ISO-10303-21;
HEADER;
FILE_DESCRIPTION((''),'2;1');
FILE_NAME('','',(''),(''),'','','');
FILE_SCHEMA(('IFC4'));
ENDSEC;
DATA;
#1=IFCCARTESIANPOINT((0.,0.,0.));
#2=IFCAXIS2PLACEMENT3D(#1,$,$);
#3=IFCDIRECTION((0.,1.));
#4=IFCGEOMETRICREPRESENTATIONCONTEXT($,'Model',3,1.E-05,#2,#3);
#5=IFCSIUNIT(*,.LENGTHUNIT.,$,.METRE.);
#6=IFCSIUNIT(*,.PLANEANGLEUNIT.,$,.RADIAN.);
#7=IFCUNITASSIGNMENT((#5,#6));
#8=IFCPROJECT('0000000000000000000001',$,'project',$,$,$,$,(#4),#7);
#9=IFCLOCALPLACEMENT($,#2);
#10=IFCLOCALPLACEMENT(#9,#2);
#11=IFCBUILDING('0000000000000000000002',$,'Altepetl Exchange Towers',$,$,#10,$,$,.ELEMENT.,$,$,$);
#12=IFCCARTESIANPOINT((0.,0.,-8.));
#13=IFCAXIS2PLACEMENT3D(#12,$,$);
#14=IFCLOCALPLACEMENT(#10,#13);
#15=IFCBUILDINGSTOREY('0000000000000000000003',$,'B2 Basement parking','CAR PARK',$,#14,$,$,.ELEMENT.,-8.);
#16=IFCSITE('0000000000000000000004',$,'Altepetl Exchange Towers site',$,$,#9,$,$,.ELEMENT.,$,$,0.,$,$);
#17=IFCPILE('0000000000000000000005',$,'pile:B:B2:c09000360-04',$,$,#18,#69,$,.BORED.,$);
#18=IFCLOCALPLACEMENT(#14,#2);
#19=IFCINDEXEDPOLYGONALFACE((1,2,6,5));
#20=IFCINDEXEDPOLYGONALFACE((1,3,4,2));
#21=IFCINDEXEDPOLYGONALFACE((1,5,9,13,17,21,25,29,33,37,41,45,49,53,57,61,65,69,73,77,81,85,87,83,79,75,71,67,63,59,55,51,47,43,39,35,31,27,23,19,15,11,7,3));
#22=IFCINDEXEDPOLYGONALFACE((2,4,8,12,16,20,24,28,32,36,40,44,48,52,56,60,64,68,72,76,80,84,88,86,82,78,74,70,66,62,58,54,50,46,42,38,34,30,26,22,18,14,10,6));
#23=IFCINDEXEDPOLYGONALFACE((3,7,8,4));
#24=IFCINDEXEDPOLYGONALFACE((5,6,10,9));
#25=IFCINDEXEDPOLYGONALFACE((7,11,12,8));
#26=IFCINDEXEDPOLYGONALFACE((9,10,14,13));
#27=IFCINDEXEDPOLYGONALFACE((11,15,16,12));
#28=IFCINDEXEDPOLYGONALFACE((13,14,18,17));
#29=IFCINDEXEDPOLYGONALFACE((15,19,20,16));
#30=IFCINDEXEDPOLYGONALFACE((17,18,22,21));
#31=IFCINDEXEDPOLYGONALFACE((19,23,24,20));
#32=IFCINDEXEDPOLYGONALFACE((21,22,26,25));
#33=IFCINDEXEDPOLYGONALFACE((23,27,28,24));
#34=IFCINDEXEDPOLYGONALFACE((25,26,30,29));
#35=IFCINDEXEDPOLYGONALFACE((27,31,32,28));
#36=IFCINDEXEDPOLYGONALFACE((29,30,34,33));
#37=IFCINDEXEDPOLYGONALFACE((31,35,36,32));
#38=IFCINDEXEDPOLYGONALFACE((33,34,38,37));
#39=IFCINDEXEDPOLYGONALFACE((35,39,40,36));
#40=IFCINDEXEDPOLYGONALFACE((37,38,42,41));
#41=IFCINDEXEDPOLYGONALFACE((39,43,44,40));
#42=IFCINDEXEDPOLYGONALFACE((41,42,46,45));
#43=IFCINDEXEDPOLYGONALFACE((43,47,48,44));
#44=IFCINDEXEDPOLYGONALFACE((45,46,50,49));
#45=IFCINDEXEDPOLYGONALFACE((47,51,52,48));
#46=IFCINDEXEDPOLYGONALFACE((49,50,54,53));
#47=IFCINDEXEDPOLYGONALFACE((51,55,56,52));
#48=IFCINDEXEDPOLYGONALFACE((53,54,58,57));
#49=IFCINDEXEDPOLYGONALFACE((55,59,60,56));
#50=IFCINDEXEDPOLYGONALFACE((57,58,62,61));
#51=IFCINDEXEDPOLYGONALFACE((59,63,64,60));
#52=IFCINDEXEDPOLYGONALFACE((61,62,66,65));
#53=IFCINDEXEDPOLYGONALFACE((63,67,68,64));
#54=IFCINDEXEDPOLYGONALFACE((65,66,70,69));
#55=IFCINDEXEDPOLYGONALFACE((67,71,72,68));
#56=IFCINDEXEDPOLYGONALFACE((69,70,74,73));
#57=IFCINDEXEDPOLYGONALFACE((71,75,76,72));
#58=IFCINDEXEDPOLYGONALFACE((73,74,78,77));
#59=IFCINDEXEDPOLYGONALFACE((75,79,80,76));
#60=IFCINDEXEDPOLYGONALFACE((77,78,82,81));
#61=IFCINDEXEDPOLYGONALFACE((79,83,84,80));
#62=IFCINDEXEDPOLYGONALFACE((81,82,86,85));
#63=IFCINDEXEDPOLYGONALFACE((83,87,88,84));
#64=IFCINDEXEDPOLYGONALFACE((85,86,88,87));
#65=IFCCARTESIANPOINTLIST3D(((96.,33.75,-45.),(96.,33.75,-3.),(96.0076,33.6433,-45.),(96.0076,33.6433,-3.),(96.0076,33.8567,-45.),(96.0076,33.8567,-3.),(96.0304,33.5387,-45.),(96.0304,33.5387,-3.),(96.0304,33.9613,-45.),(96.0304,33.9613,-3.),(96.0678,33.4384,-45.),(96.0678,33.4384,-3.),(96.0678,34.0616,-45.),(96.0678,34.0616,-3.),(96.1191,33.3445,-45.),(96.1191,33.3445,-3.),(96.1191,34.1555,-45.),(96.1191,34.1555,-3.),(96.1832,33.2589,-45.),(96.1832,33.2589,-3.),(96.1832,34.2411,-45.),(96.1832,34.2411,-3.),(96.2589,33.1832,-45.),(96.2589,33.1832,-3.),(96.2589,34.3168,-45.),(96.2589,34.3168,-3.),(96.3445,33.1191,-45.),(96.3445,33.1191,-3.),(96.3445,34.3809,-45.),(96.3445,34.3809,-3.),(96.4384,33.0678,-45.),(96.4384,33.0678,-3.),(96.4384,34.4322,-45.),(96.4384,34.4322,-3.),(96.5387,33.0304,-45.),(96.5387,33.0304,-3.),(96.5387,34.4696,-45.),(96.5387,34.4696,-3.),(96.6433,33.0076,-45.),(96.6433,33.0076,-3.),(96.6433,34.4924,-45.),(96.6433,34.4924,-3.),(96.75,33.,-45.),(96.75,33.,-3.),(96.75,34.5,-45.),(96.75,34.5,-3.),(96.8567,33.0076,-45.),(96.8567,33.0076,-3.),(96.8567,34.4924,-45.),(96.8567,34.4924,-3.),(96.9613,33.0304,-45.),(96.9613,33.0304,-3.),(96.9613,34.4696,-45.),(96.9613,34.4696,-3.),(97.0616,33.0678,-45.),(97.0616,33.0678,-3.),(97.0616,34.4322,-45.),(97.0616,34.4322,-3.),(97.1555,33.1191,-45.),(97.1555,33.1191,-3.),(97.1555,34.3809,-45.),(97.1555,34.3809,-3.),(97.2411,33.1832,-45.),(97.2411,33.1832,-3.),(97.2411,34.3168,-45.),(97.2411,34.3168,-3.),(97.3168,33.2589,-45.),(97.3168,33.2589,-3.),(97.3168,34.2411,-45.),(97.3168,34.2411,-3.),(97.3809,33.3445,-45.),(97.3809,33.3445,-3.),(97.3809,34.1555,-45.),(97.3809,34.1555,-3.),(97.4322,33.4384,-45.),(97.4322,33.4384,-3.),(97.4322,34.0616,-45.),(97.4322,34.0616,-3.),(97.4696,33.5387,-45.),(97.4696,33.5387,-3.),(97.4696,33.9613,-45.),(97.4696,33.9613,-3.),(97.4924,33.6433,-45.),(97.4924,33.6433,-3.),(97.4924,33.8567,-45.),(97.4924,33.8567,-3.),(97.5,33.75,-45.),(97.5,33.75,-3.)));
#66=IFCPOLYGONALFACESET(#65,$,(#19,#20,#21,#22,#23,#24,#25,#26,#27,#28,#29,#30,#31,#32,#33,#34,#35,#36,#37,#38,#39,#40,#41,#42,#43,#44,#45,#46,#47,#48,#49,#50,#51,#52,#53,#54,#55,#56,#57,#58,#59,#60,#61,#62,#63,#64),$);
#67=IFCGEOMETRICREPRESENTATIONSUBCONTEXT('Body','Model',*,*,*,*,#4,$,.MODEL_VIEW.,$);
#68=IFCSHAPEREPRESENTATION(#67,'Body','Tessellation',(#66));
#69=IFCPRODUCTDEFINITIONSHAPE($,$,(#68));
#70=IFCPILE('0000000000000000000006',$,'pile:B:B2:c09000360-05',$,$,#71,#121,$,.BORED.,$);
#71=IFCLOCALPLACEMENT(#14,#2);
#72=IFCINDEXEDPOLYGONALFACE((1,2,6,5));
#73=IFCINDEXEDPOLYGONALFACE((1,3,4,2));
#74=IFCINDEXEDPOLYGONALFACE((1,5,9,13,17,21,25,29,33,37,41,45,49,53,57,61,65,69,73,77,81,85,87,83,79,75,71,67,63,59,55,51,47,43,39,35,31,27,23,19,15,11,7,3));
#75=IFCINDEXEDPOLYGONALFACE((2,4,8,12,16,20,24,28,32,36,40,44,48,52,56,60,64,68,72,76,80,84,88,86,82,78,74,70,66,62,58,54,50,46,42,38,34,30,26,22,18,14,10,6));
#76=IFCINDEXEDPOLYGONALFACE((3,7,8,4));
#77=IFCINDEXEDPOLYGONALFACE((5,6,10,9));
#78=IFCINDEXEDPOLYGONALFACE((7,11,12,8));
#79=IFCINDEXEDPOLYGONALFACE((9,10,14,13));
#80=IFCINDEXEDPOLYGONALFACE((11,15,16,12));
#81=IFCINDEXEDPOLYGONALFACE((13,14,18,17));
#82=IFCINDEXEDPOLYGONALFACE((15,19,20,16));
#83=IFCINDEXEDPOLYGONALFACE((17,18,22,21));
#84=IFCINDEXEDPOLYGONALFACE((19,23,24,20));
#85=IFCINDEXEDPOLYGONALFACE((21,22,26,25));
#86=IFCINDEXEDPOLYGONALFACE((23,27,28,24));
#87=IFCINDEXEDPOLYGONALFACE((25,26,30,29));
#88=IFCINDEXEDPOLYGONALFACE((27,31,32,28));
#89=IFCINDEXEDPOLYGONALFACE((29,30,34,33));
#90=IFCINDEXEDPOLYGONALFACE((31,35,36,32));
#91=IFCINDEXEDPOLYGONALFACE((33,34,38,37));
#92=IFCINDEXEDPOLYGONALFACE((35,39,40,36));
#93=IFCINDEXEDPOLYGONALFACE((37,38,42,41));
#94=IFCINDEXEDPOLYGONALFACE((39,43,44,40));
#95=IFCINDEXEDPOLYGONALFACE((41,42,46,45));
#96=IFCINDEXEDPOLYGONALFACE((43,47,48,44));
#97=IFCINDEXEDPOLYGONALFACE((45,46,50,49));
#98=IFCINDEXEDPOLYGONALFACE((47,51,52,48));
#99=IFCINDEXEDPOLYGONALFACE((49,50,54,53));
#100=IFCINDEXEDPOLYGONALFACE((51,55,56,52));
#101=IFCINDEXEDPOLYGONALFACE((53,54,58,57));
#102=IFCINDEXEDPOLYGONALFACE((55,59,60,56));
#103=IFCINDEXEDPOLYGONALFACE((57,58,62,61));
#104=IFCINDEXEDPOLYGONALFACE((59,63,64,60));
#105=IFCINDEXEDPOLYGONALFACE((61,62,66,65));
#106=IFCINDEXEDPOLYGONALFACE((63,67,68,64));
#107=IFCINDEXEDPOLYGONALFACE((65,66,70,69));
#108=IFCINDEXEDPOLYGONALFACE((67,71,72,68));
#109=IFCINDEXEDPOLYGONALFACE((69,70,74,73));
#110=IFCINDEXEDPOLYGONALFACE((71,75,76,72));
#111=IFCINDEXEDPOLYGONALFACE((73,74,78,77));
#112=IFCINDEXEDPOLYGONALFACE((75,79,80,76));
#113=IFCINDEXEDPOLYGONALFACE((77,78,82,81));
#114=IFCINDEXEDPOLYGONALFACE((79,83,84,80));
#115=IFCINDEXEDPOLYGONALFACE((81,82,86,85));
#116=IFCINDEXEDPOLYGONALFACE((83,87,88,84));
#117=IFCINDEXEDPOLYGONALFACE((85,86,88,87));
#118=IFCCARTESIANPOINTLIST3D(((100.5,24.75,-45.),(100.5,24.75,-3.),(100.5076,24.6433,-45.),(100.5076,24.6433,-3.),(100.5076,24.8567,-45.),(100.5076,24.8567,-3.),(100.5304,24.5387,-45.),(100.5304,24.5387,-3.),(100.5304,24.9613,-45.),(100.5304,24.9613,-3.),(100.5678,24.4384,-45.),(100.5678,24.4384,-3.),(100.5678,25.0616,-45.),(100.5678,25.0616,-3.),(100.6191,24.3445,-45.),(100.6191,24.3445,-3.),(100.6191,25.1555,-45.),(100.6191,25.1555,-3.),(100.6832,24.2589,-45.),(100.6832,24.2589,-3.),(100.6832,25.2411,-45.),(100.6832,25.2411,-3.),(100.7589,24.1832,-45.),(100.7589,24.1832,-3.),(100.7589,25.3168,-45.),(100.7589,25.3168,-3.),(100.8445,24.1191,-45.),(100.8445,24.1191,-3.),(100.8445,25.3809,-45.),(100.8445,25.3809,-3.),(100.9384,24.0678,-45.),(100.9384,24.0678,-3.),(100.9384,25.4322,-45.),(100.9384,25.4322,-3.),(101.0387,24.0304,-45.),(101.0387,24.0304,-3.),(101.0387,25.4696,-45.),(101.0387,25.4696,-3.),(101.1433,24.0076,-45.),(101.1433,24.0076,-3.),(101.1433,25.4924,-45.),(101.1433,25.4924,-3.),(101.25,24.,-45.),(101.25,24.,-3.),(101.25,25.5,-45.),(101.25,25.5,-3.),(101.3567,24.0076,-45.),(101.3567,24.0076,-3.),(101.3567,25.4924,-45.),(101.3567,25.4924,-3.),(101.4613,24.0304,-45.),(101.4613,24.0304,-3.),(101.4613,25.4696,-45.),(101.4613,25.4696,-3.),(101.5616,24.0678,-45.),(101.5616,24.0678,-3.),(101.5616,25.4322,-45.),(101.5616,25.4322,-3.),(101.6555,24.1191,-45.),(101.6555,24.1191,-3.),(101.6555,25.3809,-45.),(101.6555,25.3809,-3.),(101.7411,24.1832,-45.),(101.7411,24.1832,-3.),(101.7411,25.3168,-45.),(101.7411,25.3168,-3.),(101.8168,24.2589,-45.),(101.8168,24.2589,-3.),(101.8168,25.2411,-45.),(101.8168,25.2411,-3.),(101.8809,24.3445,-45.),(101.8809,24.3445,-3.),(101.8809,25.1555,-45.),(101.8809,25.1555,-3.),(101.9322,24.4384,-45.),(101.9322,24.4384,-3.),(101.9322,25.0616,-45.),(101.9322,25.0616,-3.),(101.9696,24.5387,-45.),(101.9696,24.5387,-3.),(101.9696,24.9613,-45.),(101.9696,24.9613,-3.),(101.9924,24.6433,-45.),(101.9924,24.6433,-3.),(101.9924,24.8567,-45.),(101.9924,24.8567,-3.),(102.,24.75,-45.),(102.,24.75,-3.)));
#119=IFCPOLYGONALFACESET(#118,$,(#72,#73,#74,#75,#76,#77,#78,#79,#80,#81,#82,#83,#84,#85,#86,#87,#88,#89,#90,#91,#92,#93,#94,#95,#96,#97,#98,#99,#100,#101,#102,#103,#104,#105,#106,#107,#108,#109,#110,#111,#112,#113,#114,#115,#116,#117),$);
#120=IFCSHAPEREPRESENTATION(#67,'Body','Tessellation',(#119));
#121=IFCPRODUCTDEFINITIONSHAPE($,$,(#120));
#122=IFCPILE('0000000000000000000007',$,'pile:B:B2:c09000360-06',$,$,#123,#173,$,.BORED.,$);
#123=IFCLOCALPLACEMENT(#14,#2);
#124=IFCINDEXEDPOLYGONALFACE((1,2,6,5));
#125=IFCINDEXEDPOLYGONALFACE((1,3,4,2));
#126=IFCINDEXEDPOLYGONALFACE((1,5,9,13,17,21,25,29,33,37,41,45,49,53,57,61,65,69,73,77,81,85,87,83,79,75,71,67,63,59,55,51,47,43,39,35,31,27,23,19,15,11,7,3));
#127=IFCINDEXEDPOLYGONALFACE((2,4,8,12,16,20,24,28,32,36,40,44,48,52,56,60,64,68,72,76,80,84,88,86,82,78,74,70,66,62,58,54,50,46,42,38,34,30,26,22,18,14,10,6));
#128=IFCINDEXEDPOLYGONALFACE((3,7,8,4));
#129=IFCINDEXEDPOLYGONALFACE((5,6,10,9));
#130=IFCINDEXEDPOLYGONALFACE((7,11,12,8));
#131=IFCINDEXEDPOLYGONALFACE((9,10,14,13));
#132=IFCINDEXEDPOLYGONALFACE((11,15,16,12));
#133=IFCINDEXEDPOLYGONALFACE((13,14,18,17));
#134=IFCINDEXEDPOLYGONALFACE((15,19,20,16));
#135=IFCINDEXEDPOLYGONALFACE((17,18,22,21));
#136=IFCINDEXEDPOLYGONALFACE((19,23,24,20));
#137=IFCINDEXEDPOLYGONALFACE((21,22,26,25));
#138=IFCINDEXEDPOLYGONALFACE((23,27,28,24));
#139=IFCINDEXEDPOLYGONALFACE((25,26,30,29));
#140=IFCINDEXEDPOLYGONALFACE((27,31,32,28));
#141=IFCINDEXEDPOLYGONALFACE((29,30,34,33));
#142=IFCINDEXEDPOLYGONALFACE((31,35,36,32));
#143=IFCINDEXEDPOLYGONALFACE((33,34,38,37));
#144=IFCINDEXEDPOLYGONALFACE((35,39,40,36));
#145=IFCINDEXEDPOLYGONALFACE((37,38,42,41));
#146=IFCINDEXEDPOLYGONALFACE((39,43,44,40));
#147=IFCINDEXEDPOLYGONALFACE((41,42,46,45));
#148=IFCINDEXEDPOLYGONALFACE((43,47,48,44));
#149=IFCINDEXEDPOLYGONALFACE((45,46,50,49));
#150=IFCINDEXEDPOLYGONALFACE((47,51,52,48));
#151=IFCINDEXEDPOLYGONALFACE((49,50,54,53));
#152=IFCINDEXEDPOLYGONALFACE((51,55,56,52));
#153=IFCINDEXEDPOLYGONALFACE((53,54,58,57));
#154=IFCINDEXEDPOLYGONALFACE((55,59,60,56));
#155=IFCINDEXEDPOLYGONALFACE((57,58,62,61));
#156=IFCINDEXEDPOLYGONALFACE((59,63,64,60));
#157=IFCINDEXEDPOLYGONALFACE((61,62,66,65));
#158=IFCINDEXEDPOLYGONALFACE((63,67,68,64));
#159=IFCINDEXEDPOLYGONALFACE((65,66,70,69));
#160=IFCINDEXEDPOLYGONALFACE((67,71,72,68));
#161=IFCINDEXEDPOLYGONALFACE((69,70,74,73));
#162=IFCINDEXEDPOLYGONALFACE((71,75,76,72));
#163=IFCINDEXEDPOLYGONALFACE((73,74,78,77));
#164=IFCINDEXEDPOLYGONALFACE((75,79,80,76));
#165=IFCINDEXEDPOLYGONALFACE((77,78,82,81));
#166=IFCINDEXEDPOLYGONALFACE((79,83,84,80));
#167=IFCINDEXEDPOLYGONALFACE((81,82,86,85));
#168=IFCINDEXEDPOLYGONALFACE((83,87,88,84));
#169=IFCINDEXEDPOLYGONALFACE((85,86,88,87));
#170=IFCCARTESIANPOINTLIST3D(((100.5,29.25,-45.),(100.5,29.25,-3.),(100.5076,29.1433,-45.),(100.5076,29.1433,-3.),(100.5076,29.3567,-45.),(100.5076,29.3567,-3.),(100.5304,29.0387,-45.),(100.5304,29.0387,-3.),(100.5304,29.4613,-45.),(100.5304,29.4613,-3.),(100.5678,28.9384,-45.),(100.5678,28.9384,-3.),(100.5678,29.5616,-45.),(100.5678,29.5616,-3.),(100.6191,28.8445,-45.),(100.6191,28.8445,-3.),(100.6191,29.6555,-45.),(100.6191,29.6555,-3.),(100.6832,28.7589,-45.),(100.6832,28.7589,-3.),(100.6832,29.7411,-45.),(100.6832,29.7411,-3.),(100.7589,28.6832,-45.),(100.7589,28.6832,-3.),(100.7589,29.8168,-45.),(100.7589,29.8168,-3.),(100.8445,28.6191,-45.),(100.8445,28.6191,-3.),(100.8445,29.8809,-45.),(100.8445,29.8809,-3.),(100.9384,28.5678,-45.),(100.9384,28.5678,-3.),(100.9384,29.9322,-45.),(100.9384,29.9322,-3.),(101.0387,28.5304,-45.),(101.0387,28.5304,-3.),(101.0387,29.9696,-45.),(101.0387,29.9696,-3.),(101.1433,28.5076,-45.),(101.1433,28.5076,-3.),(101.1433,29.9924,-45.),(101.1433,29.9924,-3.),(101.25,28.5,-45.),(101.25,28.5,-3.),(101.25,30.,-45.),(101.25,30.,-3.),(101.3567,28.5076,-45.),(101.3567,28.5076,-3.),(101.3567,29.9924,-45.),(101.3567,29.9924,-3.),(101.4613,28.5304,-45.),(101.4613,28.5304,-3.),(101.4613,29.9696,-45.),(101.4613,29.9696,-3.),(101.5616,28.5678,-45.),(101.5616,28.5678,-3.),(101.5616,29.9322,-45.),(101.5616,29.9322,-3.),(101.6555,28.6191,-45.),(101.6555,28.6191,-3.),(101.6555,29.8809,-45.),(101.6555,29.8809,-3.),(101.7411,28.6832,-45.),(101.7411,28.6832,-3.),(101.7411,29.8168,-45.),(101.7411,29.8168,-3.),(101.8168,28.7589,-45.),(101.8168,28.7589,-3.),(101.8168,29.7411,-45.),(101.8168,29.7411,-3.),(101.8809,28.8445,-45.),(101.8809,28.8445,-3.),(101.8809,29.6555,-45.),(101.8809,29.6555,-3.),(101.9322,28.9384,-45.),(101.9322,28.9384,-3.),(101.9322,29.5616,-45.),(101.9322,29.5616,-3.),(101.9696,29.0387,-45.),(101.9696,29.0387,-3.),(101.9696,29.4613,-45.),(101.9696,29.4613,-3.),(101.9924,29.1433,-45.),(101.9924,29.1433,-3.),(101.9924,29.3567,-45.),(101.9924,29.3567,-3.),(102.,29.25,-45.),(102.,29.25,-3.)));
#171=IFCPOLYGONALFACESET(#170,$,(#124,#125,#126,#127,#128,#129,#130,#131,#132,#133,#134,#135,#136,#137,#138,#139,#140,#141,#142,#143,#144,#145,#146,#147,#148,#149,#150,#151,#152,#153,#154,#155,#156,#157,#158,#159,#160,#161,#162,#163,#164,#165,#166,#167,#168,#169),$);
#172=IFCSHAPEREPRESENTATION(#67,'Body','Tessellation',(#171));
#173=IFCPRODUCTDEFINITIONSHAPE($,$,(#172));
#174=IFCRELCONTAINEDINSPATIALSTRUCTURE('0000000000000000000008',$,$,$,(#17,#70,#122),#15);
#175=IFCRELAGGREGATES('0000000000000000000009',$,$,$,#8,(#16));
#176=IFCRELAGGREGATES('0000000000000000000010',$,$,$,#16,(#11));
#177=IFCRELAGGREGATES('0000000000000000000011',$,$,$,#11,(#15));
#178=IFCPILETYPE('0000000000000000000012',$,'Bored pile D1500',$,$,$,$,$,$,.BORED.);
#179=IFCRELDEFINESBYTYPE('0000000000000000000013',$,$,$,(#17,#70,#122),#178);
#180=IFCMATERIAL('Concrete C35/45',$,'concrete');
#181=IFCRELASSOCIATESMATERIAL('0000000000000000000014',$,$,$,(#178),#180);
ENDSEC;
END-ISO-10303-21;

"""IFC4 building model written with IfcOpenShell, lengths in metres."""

from ifc_helpers import new_model, si_unit, direction, frame, origin, origin_2d, place, context, subcontext, project, spatial, circle, extrude, material, material_profile, profile_set, type_object, element, save


model = new_model("IFC4")

# Units and contexts
model_context = context("Model", 3, precision=1e-05, world=origin(), true_north=direction((0.0, 1.0)))
body_context = subcontext(model_context, "Body", "Model", "MODEL_VIEW")
ifc_project = project(units=[si_unit("LENGTHUNIT", "METRE"), si_unit("PLANEANGLEUNIT", "RADIAN")], contexts=[model_context])

# Site, building, storey
site_placement = place(None, origin())
site = spatial("IfcSite", under=ifc_project, at=site_placement, Name="Altepetl Exchange Towers site", CompositionType="ELEMENT", RefElevation=0.0)
building_placement = place(site_placement, origin())
building = spatial("IfcBuilding", under=site, at=building_placement, Name="Altepetl Exchange Towers", CompositionType="ELEMENT")
storey_placement = place(building_placement, frame((0.0, 0.0, -8.0)))
storey = spatial("IfcBuildingStorey", under=building, at=storey_placement, Name="B2 Basement parking", Description="CAR PARK", CompositionType="ELEMENT", Elevation=-8.0)

# Piles
ifc_material_1 = material(Name="Concrete C35/45", Category="concrete")
ifc_material_profile_1 = material_profile(ifc_material_1, circle(Radius=0.75, at=origin_2d()), Name="D1500")
ifc_profile_set_1 = profile_set([ifc_material_profile_1], Name="Concrete C35/45")
pile_type_1 = type_object("IfcPileType", Name="Bored pile D1500", PredefinedType="BORED", material=ifc_profile_set_1)
for number, where, z_axis, x_axis, name in (
    (1, (96.75, 33.75, -3.0), (0.0, 0.0, -1.0), (1.0, 0.0, 0.0), "pile:B:B2:c09000360-04"),
    (2, (101.25, 24.75, -3.0), (0.0, 0.0, -1.0), (1.0, 0.0, 0.0), "pile:B:B2:c09000360-05"),
    (3, (101.25, 29.25, -3.0), (0.0, 0.0, -1.0), (1.0, 0.0, 0.0), "pile:B:B2:c09000360-06"),
):
    element("IfcPile", number, at=place(storey_placement, frame(where, z_axis=z_axis, x_axis=x_axis)), inside=storey, type_object=pile_type_1, Name=name, PredefinedType="BORED", context=body_context, shape_type="SweptSolid", body=[
        extrude(circle(Radius=0.75, at=origin_2d()), origin(), (0.0, 0.0, 1.0), 42.0),
    ])

save(model, "model.ifc")
